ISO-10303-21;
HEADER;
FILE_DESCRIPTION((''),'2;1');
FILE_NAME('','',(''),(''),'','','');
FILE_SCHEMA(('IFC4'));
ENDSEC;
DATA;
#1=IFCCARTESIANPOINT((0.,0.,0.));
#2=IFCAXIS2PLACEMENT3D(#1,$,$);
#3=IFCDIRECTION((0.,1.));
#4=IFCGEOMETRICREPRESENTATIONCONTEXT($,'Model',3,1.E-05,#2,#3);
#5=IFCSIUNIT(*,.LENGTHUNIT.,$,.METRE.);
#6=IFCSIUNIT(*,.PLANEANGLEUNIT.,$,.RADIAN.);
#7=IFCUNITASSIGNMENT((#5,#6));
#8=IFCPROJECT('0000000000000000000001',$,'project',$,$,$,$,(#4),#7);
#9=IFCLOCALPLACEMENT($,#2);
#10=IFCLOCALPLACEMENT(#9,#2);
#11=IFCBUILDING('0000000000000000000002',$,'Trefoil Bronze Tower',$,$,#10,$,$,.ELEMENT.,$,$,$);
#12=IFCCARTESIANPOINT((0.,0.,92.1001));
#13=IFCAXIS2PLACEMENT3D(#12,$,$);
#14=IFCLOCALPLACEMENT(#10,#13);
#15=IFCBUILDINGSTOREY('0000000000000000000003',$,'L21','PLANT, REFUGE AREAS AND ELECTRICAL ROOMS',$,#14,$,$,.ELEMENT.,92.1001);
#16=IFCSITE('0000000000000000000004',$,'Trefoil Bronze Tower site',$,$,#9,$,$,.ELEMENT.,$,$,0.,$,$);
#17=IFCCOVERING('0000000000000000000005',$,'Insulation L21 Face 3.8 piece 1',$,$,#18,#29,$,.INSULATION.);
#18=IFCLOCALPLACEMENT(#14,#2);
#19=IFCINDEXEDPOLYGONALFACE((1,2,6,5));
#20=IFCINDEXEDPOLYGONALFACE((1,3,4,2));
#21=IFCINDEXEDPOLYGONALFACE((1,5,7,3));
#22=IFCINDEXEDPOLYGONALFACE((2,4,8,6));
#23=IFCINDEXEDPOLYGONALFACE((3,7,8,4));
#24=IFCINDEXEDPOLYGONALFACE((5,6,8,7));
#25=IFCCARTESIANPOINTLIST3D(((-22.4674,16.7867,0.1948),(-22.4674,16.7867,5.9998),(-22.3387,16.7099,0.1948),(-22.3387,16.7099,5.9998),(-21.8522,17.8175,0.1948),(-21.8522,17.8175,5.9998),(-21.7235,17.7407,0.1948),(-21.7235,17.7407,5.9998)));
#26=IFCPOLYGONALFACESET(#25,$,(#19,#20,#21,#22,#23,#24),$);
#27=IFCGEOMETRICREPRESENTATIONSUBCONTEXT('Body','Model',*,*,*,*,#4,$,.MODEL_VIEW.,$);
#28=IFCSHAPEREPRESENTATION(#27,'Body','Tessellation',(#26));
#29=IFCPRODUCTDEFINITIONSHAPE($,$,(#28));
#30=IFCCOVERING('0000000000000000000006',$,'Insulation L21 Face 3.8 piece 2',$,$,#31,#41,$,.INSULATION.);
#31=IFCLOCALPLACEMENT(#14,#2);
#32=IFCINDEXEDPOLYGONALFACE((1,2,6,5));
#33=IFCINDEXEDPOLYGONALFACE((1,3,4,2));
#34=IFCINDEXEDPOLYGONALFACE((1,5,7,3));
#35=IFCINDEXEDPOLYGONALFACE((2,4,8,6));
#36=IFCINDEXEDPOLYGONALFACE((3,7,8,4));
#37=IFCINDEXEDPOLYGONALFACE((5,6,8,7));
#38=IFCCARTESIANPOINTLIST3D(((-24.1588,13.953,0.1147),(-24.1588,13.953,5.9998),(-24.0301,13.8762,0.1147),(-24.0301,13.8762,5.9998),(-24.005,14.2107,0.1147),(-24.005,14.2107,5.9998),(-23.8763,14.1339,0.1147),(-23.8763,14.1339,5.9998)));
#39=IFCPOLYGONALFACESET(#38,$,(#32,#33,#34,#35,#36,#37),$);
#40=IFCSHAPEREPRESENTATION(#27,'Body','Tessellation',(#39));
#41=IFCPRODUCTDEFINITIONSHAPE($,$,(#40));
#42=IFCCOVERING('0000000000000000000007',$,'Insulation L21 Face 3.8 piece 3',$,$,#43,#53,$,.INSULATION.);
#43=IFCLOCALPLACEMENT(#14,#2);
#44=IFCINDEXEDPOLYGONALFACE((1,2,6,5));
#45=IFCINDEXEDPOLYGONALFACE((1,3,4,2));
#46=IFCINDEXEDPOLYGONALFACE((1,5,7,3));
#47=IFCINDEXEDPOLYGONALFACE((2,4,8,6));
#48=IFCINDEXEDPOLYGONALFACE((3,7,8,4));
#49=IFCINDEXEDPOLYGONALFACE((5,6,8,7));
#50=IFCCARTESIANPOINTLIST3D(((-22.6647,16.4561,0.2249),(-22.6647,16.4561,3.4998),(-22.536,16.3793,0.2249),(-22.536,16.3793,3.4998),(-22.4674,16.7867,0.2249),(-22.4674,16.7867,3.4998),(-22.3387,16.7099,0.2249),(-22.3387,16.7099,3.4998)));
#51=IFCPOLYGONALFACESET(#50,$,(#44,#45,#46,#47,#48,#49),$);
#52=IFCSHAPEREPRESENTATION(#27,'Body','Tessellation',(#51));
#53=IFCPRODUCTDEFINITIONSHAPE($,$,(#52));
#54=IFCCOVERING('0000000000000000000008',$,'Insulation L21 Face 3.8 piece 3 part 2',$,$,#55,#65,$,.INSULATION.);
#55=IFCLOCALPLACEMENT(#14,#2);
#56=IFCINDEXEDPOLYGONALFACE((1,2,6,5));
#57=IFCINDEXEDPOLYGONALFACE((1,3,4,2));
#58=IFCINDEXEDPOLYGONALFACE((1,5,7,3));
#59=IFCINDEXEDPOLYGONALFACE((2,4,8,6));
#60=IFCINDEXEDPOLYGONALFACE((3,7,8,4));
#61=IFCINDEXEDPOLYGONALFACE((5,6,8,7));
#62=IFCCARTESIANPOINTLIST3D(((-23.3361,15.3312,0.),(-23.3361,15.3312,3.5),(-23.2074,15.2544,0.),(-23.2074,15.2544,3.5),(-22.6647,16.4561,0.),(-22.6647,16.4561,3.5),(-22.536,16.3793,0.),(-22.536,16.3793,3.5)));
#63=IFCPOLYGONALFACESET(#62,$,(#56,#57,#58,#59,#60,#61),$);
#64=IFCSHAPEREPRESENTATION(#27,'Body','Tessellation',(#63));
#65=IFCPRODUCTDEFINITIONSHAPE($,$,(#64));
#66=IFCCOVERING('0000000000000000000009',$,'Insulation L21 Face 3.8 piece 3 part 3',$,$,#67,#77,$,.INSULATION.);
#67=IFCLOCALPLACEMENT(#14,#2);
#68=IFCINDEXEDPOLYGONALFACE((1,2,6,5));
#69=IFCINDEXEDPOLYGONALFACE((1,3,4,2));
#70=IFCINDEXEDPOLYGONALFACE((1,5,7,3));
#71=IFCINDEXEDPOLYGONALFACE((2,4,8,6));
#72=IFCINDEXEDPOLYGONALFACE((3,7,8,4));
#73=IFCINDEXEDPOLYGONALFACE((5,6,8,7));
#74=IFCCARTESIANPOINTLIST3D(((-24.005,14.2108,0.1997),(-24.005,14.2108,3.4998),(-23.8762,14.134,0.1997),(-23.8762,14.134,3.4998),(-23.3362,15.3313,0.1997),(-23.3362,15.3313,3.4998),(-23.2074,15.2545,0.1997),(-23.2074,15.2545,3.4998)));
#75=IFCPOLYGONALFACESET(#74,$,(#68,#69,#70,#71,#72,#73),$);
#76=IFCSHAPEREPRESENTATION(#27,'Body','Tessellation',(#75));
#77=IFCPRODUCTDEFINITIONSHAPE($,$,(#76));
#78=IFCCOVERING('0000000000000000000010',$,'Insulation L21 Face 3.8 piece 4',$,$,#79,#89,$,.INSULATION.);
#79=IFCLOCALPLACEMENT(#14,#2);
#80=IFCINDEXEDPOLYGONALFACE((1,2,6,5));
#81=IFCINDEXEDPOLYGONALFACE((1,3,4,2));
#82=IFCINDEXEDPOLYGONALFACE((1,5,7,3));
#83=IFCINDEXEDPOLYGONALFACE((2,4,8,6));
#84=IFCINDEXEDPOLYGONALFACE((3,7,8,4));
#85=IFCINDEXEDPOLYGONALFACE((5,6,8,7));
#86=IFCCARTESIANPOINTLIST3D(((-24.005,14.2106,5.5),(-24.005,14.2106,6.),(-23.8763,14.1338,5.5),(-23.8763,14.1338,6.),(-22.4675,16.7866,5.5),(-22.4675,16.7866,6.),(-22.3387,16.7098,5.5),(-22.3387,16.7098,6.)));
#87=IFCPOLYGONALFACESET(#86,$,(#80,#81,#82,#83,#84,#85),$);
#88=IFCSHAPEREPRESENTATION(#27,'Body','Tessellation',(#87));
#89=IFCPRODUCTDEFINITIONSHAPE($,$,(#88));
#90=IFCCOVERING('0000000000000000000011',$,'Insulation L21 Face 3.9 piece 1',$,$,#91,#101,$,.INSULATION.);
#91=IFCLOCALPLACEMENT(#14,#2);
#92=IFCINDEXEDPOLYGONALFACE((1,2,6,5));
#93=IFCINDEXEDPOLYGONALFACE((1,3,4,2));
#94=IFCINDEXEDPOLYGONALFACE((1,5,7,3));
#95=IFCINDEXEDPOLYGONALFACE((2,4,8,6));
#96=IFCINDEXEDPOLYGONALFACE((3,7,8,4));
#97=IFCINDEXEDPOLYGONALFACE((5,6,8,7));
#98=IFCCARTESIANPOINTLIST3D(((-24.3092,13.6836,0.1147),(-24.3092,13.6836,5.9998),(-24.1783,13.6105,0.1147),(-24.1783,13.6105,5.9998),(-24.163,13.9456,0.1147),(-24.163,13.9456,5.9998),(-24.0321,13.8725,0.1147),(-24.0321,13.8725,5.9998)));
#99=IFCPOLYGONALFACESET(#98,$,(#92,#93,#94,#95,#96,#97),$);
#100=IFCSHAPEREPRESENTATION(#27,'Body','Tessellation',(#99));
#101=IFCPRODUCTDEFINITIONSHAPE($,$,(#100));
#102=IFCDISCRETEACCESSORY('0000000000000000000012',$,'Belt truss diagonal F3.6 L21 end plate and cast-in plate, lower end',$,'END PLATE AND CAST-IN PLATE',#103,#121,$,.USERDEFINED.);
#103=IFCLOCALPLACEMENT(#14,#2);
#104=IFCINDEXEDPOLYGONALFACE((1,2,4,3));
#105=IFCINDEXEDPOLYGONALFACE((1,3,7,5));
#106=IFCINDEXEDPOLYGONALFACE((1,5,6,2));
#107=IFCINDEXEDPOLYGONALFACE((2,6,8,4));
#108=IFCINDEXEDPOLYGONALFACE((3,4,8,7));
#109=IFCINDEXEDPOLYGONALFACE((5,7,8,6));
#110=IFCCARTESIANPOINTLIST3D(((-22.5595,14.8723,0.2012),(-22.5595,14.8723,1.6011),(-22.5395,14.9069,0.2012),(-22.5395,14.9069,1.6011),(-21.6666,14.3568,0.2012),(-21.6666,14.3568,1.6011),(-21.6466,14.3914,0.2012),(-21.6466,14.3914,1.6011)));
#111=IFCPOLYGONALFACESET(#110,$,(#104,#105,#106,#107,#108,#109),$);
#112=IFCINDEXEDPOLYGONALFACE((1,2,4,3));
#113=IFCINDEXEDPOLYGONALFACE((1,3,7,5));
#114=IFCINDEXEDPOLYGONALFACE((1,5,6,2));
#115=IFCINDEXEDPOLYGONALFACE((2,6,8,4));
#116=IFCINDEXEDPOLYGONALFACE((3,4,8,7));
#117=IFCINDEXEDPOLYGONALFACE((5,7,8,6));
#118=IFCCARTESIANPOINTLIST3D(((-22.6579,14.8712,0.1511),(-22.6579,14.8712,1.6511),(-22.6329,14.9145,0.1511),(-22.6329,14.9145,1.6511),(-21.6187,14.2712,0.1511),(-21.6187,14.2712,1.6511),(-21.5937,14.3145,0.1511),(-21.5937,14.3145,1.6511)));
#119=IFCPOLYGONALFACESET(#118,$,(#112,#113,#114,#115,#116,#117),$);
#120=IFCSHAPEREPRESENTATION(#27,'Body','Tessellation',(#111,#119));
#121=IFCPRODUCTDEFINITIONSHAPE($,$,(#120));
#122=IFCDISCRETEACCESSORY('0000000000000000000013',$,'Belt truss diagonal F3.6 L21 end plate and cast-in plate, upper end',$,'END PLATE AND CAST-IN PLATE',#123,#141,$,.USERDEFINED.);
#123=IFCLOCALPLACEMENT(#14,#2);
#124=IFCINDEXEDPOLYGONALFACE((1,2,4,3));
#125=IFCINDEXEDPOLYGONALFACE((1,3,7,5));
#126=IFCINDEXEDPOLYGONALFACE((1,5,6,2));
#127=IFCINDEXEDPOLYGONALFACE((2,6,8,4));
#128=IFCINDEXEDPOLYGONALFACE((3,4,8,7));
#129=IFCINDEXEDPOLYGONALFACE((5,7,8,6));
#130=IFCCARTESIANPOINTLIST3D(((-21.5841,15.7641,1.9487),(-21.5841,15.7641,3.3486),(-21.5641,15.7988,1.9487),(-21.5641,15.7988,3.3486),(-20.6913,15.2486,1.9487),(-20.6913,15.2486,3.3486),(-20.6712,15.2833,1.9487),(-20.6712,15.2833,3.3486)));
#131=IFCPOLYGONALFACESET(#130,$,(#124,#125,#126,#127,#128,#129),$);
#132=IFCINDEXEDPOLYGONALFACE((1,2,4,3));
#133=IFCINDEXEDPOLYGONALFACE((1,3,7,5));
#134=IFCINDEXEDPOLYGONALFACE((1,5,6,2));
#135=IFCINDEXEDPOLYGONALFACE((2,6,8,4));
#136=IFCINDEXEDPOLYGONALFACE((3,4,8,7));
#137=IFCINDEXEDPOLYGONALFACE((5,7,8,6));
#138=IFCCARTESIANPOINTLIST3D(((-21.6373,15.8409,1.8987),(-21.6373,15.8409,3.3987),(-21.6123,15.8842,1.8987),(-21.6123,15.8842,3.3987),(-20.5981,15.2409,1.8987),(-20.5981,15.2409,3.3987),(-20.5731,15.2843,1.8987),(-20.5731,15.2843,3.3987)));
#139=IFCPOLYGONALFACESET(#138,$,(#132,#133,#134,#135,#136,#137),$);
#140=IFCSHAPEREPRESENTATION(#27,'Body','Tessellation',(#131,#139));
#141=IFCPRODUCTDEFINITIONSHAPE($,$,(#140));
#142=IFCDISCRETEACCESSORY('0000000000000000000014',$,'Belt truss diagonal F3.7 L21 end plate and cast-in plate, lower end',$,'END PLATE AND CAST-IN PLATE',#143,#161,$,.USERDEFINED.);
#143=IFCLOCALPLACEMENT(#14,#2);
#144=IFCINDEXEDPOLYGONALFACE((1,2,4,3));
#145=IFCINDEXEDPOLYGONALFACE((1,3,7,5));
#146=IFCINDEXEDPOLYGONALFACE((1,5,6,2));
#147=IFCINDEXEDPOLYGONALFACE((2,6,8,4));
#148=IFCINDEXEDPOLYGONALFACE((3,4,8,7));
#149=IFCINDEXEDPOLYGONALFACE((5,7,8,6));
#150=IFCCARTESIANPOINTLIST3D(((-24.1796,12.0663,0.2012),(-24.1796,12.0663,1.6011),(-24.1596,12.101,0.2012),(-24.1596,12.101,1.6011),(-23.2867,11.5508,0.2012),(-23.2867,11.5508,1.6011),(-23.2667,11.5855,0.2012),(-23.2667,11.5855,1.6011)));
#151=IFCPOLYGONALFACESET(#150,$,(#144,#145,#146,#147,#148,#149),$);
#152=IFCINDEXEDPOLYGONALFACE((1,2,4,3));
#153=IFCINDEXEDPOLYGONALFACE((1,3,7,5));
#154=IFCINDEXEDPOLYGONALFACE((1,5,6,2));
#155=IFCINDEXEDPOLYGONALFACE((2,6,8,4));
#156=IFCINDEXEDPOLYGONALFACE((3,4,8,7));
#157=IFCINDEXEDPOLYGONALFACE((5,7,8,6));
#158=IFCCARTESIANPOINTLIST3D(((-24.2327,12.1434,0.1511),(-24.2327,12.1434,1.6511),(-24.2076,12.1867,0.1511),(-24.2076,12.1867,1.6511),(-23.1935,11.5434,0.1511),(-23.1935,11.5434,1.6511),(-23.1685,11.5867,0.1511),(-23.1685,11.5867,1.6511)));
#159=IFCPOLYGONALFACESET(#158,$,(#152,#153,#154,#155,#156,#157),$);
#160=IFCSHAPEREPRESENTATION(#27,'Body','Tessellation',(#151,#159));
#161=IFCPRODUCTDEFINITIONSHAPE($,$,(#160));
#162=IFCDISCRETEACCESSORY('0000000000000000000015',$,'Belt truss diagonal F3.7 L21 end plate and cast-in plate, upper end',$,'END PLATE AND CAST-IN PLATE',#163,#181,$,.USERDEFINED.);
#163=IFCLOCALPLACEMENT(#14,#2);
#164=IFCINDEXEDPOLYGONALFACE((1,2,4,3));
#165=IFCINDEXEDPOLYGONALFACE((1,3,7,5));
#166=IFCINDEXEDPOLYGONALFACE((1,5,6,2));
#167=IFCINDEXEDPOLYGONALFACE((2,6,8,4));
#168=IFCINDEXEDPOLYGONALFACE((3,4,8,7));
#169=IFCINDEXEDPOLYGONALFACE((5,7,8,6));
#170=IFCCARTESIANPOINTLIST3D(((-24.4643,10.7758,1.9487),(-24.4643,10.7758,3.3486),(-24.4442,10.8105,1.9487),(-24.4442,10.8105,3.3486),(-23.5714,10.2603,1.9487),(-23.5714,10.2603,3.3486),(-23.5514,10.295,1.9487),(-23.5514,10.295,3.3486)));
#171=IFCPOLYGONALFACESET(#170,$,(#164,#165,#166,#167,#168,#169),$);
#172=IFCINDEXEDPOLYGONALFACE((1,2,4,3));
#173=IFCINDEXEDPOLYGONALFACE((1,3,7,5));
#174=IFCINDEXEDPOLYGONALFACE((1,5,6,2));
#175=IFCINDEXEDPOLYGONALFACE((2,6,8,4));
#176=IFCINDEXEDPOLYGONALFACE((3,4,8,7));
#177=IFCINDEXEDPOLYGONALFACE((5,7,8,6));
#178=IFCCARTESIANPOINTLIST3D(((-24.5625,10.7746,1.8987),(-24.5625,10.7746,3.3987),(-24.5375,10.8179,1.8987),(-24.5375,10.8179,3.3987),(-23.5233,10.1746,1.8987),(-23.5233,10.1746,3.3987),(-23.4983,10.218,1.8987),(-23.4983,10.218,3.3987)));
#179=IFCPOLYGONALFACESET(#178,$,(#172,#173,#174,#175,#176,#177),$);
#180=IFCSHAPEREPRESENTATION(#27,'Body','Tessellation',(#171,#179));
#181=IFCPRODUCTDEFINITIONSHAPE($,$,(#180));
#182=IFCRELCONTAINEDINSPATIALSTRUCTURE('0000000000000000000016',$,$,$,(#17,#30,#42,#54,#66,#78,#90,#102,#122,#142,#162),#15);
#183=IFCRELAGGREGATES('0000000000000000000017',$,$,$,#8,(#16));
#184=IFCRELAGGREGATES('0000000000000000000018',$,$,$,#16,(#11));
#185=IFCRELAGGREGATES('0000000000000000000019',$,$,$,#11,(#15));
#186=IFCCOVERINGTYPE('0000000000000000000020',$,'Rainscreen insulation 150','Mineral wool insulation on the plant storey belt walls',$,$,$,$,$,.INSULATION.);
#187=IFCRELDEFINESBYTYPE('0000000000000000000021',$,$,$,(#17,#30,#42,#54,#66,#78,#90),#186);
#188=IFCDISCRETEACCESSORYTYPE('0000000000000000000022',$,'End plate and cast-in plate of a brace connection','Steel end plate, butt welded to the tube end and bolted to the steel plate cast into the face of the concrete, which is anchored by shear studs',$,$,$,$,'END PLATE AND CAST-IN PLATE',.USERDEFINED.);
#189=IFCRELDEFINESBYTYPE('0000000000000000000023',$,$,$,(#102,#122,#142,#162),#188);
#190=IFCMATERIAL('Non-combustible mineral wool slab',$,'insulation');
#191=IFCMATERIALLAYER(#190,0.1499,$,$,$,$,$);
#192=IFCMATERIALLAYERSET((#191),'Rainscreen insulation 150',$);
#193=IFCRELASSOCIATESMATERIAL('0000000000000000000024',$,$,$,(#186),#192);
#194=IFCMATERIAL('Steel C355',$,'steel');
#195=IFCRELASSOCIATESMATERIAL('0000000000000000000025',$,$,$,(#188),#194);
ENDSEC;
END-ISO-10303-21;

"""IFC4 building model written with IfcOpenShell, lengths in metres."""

from ifc_helpers import new_model, si_unit, direction, frame, origin, origin_2d, place, context, subcontext, project, spatial, rectangle, extrude, material, layer, layer_set, type_object, element, save


model = new_model("IFC4")

# Units and contexts
model_context = context("Model", 3, precision=1e-05, world=origin(), true_north=direction((0.0, 1.0)))
body_context = subcontext(model_context, "Body", "Model", "MODEL_VIEW")
ifc_project = project(units=[si_unit("LENGTHUNIT", "METRE"), si_unit("PLANEANGLEUNIT", "RADIAN")], contexts=[model_context])

# Site, building, storey
site_placement = place(None, origin())
site = spatial("IfcSite", under=ifc_project, at=site_placement, Name="Trefoil Bronze Tower site", CompositionType="ELEMENT", RefElevation=0.0)
building_placement = place(site_placement, origin())
building = spatial("IfcBuilding", under=site, at=building_placement, Name="Trefoil Bronze Tower", CompositionType="ELEMENT")
storey_placement = place(building_placement, frame((0.0, 0.0, 92.1001)))
storey = spatial("IfcBuildingStorey", under=building, at=storey_placement, Name="L21", Description="PLANT, REFUGE AREAS AND ELECTRICAL ROOMS", CompositionType="ELEMENT", Elevation=92.1001)

# Coverings
ifc_material_1 = material(Name="Non-combustible mineral wool slab", Category="insulation")
ifc_layer_1 = layer(ifc_material_1, 0.1499)
ifc_layer_set_1 = layer_set([ifc_layer_1], Name="Rainscreen insulation 150")
covering_type_1 = type_object("IfcCoveringType", Name="Rainscreen insulation 150", Description="Mineral wool insulation on the plant storey belt walls", PredefinedType="INSULATION", material=ifc_layer_set_1)
covering_1_placement = place(storey_placement, frame((-22.0955, 17.2637, 0.1948), z_axis=(0.0, 0.0, 1.0), x_axis=(-0.512513, -0.85868, 0.0)))
element("IfcCovering", 1, at=covering_1_placement, inside=storey, type_object=covering_type_1, Name="Insulation L21 Face 3.8 piece 1", PredefinedType="INSULATION", context=body_context, shape_type="SweptSolid", body=[
    extrude(rectangle(XDim=1.2004, YDim=0.1499, at=origin_2d()), origin(), (0.0, 0.0, 1.0), 5.8049),
])
covering_2_placement = place(storey_placement, frame((-24.0176, 14.0435, 0.1147), z_axis=(0.0, 0.0, 1.0), x_axis=(-0.512513, -0.85868, 0.0)))
element("IfcCovering", 2, at=covering_2_placement, inside=storey, type_object=covering_type_1, Name="Insulation L21 Face 3.8 piece 2", PredefinedType="INSULATION", context=body_context, shape_type="SweptSolid", body=[
    extrude(rectangle(XDim=0.3, YDim=0.1499, at=origin_2d()), origin(), (0.0, 0.0, 1.0), 5.885),
])
covering_3_placement = place(storey_placement, frame((-22.5017, 16.583, 0.2249), z_axis=(0.0, 0.0, 1.0), x_axis=(-0.512513, -0.85868, 0.0)))
element("IfcCovering", 3, at=covering_3_placement, inside=storey, type_object=covering_type_1, Name="Insulation L21 Face 3.8 piece 3", PredefinedType="INSULATION", context=body_context, shape_type="SweptSolid", body=[
    extrude(rectangle(XDim=0.385, YDim=0.1499, at=origin_2d()), origin(), (0.0, 0.0, 1.0), 3.2749),
])
covering_4_placement = place(storey_placement, frame((-22.936, 15.8552, 0.0), z_axis=(0.0, 0.0, 1.0), x_axis=(-0.512513, -0.85868, 0.0)))
element("IfcCovering", 4, at=covering_4_placement, inside=storey, type_object=covering_type_1, Name="Insulation L21 Face 3.8 piece 3 part 2", PredefinedType="INSULATION", context=body_context, shape_type="SweptSolid", body=[
    extrude(rectangle(XDim=1.3101, YDim=0.1499, at=origin_2d()), origin(), (0.0, 0.0, 1.0), 3.5),
])
covering_5_placement = place(storey_placement, frame((-23.6062, 14.7327, 0.1997), z_axis=(0.0, 0.0, 1.0), x_axis=(-0.512513, -0.85868, 0.0)))
element("IfcCovering", 5, at=covering_5_placement, inside=storey, type_object=covering_type_1, Name="Insulation L21 Face 3.8 piece 3 part 3", PredefinedType="INSULATION", context=body_context, shape_type="SweptSolid", body=[
    extrude(rectangle(XDim=1.3049, YDim=0.1499, at=origin_2d()), origin(), (0.0, 0.0, 1.0), 3.3),
])
covering_6_placement = place(storey_placement, frame((-23.1719, 15.4602, 5.5), z_axis=(0.0, 0.0, 1.0), x_axis=(-0.512513, -0.85868, 0.0)))
element("IfcCovering", 6, at=covering_6_placement, inside=storey, type_object=covering_type_1, Name="Insulation L21 Face 3.8 piece 4", PredefinedType="INSULATION", context=body_context, shape_type="SweptSolid", body=[
    extrude(rectangle(XDim=3.0, YDim=0.1499, at=origin_2d()), origin(), (0.0, 0.0, 1.0), 0.5),
])
covering_7_placement = place(storey_placement, frame((-24.1707, 13.7781, 0.1147), z_axis=(0.0, 0.0, 1.0), x_axis=(-0.487382, -0.873189, 0.0)))
element("IfcCovering", 7, at=covering_7_placement, inside=storey, type_object=covering_type_1, Name="Insulation L21 Face 3.9 piece 1", PredefinedType="INSULATION", context=body_context, shape_type="SweptSolid", body=[
    extrude(rectangle(XDim=0.3, YDim=0.1499, at=origin_2d()), origin(), (0.0, 0.0, 1.0), 5.885),
])

# Discrete accessories
ifc_material_2 = material(Name="Steel C355", Category="steel")
discrete_accessory_type = type_object("IfcDiscreteAccessoryType", Name="End plate and cast-in plate of a brace connection", Description="Steel end plate, butt welded to the tube end and bolted to the steel plate cast into the face of the concrete, which is anchored by shear studs", ElementType="END PLATE AND CAST-IN PLATE", PredefinedType="USERDEFINED", material=ifc_material_2)
discrete_accessory_1_placement = place(storey_placement, frame((-22.113, 14.6145, 0.9011), z_axis=(0.0, 0.0, 1.0), x_axis=(0.5, 0.866025, 0.0)))
element("IfcDiscreteAccessory", 8, at=discrete_accessory_1_placement, inside=storey, type_object=discrete_accessory_type, Name="Belt truss diagonal F3.6 L21 end plate and cast-in plate, lower end", ObjectType="END PLATE AND CAST-IN PLATE", PredefinedType="USERDEFINED", context=body_context, shape_type="SweptSolid", body=[
    extrude(rectangle(XDim=0.04, YDim=1.031, at=origin_2d()), frame((0.02, 0.0, -0.7)), (0.0, 0.0, 1.0), 1.3999),
    extrude(rectangle(XDim=0.05, YDim=1.2, at=origin_2d()), frame((-0.0251, 0.0002, -0.75)), (0.0, 0.0, 1.0), 1.5),
])
discrete_accessory_2_placement = place(storey_placement, frame((-21.1177, 15.541, 2.6487), z_axis=(0.0, 0.0, 1.0), x_axis=(-0.5, -0.866025, 0.0)))
element("IfcDiscreteAccessory", 9, at=discrete_accessory_2_placement, inside=storey, type_object=discrete_accessory_type, Name="Belt truss diagonal F3.6 L21 end plate and cast-in plate, upper end", ObjectType="END PLATE AND CAST-IN PLATE", PredefinedType="USERDEFINED", context=body_context, shape_type="SweptSolid", body=[
    extrude(rectangle(XDim=0.04, YDim=1.031, at=origin_2d()), frame((0.02, 0.0, -0.7)), (0.0, 0.0, 1.0), 1.3999),
    extrude(rectangle(XDim=0.05, YDim=1.2, at=origin_2d()), frame((-0.0249, 0.0, -0.75)), (0.0, 0.0, 1.0), 1.5),
])
for number, where, z_axis, x_axis, name in (
    (10, (-23.7131, 11.8433, 0.9011), (0.0, 0.0, 1.0), (-0.5, -0.866025, 0.0), "Belt truss diagonal F3.7 L21 end plate and cast-in plate, lower end"),
    (11, (-24.0178, 10.5181, 2.6487), (0.0, 0.0, 1.0), (0.5, 0.866025, 0.0), "Belt truss diagonal F3.7 L21 end plate and cast-in plate, upper end"),
):
    element("IfcDiscreteAccessory", number, at=place(storey_placement, frame(where, z_axis=z_axis, x_axis=x_axis)), inside=storey, type_object=discrete_accessory_type, Name=name, ObjectType="END PLATE AND CAST-IN PLATE", PredefinedType="USERDEFINED", context=body_context, shape_type="SweptSolid", body=[
        extrude(rectangle(XDim=0.04, YDim=1.031, at=origin_2d()), frame((0.02, 0.0, -0.7)), (0.0, 0.0, 1.0), 1.3999),
        extrude(rectangle(XDim=0.05, YDim=1.2, at=origin_2d()), frame((-0.0251, 0.0, -0.75)), (0.0, 0.0, 1.0), 1.5),
    ])

save(model, "model.ifc")
